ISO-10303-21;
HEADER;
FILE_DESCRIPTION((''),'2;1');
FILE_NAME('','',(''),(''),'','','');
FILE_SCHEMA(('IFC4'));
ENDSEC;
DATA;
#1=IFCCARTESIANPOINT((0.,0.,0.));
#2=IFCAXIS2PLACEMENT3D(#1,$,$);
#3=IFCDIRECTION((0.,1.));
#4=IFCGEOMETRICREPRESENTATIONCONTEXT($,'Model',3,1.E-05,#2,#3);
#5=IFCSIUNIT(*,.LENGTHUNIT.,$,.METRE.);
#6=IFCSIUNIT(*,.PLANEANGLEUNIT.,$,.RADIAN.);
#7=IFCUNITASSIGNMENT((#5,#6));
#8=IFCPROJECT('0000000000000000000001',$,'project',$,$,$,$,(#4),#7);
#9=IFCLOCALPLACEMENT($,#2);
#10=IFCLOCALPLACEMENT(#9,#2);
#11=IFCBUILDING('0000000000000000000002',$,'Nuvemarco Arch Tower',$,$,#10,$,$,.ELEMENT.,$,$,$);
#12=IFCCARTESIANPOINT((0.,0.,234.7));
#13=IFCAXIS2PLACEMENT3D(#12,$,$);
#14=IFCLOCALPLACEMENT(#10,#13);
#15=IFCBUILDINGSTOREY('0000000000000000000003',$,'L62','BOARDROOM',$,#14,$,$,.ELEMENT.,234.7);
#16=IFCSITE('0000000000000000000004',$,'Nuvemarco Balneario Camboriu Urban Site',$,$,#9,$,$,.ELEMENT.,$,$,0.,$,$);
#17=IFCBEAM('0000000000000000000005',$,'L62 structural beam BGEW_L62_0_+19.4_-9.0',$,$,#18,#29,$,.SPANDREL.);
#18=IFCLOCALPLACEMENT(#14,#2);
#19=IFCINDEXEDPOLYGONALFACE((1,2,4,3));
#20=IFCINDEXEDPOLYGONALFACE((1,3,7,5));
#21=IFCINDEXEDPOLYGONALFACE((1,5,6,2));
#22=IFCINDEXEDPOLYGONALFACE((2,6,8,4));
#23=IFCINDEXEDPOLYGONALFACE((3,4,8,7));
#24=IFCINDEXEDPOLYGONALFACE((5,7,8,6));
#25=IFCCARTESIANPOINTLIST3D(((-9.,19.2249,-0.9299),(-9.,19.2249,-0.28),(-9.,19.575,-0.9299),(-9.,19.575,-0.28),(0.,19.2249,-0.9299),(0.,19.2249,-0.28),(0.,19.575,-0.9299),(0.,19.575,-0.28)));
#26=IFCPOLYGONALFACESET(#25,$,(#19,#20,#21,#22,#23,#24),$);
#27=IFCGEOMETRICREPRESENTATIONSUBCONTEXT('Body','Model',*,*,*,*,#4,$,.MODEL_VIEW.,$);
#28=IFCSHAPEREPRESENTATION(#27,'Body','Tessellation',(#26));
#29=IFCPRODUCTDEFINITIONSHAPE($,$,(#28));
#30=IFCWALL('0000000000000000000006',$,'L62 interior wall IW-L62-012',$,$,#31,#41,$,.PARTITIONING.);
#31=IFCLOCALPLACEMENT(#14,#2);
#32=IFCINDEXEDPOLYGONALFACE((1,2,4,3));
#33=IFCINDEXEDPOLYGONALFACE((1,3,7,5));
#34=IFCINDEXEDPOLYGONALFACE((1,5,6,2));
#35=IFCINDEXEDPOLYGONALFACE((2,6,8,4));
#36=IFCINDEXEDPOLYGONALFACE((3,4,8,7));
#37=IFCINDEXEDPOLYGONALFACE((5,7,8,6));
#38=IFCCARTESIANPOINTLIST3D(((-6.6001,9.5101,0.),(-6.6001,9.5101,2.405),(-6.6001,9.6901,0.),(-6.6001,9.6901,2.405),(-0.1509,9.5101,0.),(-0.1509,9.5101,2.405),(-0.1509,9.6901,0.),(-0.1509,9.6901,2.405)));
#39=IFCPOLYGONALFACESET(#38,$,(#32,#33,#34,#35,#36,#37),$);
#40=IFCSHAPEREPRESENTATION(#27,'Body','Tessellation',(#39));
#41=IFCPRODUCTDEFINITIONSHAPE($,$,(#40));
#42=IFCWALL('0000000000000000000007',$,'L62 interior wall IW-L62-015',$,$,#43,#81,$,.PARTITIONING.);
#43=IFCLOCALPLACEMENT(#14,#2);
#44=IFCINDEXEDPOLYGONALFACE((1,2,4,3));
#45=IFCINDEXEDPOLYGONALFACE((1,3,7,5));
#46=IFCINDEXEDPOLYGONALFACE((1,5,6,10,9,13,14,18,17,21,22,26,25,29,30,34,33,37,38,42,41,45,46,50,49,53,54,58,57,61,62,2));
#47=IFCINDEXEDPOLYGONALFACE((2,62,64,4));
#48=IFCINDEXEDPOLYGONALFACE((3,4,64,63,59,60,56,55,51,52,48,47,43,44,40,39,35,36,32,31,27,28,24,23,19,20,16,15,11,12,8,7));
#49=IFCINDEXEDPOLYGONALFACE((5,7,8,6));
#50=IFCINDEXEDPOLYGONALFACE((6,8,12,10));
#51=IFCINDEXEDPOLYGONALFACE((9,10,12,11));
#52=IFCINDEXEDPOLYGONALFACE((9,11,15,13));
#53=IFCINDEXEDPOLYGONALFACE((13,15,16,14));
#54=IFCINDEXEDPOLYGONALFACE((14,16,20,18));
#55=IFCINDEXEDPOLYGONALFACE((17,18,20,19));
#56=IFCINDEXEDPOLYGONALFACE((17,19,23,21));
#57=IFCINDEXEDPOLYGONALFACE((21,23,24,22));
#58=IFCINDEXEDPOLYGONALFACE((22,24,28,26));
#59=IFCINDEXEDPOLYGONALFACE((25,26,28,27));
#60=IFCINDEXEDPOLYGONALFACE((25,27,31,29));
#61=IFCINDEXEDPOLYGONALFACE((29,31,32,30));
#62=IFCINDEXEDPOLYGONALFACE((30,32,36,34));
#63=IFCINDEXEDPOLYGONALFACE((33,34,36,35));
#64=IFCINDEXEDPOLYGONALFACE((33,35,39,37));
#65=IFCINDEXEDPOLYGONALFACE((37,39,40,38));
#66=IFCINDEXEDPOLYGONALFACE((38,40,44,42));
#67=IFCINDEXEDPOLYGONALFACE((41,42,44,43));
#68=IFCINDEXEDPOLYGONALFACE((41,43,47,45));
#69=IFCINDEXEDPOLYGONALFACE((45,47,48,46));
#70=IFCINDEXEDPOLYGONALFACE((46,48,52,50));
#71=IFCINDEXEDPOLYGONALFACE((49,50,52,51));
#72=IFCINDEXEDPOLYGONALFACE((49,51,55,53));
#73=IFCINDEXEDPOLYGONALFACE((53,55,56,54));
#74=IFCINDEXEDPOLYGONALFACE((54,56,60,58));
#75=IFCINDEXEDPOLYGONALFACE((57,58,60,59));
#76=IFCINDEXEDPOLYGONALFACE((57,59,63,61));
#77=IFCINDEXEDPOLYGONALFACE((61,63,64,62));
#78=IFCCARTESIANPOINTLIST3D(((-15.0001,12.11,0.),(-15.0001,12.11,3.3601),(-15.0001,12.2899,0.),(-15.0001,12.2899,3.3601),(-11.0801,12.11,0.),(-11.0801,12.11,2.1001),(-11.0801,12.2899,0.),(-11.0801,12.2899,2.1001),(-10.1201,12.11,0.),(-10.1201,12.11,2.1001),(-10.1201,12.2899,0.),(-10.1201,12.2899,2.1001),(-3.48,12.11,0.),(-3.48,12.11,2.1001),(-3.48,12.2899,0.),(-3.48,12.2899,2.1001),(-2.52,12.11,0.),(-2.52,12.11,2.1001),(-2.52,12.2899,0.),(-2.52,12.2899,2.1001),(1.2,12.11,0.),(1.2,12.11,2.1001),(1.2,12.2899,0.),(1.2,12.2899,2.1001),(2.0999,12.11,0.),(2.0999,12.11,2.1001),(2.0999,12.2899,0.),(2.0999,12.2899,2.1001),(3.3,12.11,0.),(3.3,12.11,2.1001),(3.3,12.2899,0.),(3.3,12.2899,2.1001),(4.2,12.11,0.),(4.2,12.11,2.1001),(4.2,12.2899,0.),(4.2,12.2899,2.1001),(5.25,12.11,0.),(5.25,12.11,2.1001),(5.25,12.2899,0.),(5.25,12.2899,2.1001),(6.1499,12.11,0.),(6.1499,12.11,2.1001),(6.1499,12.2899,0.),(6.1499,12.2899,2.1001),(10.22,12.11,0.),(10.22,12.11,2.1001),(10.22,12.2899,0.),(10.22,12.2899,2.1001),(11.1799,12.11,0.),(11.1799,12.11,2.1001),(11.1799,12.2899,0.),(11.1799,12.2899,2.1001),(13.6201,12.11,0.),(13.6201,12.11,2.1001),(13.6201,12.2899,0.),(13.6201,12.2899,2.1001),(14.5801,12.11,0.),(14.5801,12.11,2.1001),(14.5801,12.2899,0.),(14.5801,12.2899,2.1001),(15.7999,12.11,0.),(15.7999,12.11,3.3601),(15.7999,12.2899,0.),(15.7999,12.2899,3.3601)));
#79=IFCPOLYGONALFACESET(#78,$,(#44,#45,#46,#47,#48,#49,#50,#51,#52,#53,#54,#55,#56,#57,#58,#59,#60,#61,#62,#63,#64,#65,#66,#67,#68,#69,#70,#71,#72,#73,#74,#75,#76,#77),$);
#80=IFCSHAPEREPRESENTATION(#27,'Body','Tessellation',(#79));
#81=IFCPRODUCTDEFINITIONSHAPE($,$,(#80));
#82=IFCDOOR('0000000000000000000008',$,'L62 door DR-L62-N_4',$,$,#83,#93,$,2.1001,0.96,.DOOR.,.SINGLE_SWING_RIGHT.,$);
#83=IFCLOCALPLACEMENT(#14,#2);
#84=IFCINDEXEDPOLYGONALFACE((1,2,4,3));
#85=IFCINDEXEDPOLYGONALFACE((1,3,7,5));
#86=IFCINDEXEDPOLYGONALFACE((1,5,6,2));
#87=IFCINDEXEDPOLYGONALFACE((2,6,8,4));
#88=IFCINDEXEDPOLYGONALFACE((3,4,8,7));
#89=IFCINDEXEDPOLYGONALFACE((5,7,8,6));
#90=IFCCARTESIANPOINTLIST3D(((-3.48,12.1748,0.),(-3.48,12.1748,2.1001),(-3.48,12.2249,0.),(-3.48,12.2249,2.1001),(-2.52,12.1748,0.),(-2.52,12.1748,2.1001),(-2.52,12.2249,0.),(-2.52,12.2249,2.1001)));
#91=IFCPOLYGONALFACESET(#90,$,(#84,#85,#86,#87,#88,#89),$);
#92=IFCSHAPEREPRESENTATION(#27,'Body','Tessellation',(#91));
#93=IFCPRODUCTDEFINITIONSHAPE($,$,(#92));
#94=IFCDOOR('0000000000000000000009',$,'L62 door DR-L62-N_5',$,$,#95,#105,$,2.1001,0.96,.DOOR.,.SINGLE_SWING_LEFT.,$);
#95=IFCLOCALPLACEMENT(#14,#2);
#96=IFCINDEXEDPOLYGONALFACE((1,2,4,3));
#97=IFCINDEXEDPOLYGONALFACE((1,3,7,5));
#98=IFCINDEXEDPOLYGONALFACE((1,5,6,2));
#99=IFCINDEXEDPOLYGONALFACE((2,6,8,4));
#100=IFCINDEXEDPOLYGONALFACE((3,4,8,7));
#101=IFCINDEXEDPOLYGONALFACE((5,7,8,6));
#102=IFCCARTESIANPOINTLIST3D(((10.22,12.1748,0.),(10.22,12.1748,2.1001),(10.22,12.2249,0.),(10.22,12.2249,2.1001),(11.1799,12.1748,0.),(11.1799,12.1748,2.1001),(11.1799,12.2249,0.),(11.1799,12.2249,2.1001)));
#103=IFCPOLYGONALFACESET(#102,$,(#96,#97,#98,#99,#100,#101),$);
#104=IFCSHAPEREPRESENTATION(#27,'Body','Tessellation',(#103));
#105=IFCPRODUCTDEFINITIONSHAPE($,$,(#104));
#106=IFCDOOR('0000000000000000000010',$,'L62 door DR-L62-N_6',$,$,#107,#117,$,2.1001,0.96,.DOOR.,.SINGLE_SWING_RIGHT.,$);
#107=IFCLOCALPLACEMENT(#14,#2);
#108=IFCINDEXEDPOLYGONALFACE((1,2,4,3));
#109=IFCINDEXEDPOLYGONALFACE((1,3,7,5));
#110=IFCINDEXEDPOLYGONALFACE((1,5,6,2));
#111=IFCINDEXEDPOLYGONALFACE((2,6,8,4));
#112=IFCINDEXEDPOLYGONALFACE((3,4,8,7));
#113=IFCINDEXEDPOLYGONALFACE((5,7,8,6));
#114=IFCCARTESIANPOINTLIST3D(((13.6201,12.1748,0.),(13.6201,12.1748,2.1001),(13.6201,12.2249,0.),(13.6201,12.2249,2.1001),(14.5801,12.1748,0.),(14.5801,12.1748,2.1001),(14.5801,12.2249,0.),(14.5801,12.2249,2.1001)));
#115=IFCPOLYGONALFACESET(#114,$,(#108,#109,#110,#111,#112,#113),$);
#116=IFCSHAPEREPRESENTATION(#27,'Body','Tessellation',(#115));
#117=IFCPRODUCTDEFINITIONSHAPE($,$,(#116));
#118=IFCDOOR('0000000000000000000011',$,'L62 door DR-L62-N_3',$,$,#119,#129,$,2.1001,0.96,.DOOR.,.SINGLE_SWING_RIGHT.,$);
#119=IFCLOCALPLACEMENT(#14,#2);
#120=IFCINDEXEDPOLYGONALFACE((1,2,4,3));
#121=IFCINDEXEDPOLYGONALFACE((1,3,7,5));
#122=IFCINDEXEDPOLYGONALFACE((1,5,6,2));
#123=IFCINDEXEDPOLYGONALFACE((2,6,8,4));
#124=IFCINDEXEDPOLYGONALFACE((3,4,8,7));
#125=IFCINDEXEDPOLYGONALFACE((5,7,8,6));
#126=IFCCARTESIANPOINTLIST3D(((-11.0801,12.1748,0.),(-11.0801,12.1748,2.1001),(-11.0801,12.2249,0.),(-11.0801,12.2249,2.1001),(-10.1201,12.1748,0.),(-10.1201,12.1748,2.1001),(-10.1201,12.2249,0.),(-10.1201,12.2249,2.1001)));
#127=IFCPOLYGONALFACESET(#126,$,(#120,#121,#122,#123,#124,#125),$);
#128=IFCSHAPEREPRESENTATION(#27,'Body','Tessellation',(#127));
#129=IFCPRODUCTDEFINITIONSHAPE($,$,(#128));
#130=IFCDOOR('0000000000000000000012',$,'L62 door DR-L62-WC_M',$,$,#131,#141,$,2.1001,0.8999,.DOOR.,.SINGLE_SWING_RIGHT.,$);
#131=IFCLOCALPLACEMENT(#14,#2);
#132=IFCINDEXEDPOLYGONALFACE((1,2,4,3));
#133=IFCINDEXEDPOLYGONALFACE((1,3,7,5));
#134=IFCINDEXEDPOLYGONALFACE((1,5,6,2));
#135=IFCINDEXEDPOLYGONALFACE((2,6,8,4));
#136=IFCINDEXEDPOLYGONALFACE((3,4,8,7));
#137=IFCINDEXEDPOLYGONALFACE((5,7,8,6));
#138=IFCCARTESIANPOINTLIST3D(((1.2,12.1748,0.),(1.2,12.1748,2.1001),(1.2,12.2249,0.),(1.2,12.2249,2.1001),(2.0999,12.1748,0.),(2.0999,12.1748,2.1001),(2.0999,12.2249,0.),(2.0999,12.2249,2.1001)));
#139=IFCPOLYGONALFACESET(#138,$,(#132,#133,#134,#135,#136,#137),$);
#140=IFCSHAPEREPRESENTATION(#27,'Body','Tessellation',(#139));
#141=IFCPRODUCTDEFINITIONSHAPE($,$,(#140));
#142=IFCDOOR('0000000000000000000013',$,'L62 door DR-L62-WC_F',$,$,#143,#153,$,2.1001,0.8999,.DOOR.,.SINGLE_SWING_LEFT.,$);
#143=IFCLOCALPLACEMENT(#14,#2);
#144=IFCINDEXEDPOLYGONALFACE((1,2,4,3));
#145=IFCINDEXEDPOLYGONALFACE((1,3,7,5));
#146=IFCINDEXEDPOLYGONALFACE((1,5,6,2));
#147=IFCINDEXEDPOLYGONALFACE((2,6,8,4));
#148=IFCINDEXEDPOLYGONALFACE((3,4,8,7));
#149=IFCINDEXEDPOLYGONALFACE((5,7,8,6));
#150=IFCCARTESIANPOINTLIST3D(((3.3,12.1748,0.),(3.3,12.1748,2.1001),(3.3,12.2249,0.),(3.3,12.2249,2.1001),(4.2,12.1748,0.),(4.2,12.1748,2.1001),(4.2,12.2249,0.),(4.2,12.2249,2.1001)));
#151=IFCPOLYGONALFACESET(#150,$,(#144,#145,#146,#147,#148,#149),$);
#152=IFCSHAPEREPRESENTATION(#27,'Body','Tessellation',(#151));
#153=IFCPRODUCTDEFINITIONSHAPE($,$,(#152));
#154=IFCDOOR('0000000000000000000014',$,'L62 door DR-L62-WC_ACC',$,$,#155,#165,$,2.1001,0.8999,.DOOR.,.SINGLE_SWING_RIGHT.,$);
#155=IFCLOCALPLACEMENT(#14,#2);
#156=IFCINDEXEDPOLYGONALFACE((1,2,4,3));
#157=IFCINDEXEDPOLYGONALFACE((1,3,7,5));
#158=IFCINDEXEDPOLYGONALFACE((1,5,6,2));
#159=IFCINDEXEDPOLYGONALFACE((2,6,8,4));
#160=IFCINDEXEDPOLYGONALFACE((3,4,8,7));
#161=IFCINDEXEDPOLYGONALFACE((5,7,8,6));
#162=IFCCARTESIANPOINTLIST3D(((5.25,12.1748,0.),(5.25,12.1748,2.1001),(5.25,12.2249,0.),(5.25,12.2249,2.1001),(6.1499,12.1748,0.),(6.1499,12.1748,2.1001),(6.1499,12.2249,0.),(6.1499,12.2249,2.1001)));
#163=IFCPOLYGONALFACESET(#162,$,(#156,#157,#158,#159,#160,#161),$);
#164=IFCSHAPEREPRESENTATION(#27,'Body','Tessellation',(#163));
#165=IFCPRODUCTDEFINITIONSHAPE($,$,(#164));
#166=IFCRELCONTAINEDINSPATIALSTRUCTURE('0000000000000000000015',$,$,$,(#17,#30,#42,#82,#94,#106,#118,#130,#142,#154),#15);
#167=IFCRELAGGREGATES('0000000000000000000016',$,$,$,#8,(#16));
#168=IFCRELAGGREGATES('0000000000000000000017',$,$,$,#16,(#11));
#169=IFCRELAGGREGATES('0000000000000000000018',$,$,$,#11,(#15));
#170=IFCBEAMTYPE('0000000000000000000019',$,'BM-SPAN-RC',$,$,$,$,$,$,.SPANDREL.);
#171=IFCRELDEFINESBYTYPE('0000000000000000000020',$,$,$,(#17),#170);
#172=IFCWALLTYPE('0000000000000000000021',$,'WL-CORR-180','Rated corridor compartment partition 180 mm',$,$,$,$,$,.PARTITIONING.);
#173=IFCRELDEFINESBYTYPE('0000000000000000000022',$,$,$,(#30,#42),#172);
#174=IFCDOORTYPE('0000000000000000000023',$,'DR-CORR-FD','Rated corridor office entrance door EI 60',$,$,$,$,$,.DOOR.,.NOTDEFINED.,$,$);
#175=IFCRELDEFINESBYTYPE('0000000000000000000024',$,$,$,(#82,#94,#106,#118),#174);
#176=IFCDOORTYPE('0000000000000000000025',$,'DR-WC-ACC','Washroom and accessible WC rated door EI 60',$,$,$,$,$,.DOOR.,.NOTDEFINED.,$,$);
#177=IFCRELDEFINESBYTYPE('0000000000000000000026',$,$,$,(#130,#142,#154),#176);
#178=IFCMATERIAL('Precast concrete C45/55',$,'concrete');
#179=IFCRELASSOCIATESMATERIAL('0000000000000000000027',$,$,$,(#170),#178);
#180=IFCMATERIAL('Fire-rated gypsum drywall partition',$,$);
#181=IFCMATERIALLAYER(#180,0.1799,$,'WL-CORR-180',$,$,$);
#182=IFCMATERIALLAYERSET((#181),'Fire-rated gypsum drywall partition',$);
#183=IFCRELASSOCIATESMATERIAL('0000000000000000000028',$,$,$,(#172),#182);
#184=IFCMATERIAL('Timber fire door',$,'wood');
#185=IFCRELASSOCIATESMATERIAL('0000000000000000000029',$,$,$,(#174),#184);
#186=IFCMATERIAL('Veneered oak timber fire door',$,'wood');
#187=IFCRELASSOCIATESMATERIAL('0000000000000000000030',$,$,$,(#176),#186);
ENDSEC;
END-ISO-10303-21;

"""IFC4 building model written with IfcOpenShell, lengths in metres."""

from ifc_helpers import new_model, si_unit, direction, frame, frame_2d, origin, origin_2d, place, context, subcontext, project, spatial, rectangle, extrude, source, transform, mapped, material, layer, layer_set, material_profile, profile_set, type_object, type_shapes, element, fill, save


model = new_model("IFC4")

# Units and contexts
model_context = context("Model", 3, precision=1e-05, world=origin(), true_north=direction((0.0, 1.0)))
body_context = subcontext(model_context, "Body", "Model", "MODEL_VIEW")
ifc_project = project(units=[si_unit("LENGTHUNIT", "METRE"), si_unit("PLANEANGLEUNIT", "RADIAN")], contexts=[model_context])

# Site, building, storey
site_placement = place(None, origin())
site = spatial("IfcSite", under=ifc_project, at=site_placement, Name="Nuvemarco Balneario Camboriu Urban Site", CompositionType="ELEMENT", RefElevation=0.0)
building_placement = place(site_placement, origin())
building = spatial("IfcBuilding", under=site, at=building_placement, Name="Nuvemarco Arch Tower", CompositionType="ELEMENT")
storey_placement = place(building_placement, frame((0.0, 0.0, 234.7)))
storey = spatial("IfcBuildingStorey", under=building, at=storey_placement, Name="L62", Description="BOARDROOM", CompositionType="ELEMENT", Elevation=234.7)

# Beam
ifc_material_1 = material(Name="Precast concrete C45/55", Category="concrete")
ifc_material_profile_1 = material_profile(ifc_material_1, rectangle(XDim=0.3501, YDim=0.6499, at=origin_2d()), Name="PC-SP-350x650")
ifc_profile_set_1 = profile_set([ifc_material_profile_1], Name="Precast concrete C45/55")
beam_type_1 = type_object("IfcBeamType", Name="BM-SPAN-RC", PredefinedType="SPANDREL", material=ifc_profile_set_1)
beam_1_placement = place(storey_placement, frame((-9.0, 19.3999, -0.605), z_axis=(1.0, 0.0, 0.0), x_axis=(0.0, 1.0, 0.0)))
element("IfcBeam", 1, at=beam_1_placement, inside=storey, type_object=beam_type_1, Name="L62 structural beam BGEW_L62_0_+19.4_-9.0", PredefinedType="SPANDREL", context=body_context, shape_type="SweptSolid", body=[
    extrude(rectangle(XDim=0.3501, YDim=0.6499, at=origin_2d()), origin(), (0.0, 0.0, 1.0), 9.0),
])

# Wall
ifc_material_2 = material(Name="Fire-rated gypsum drywall partition")
ifc_layer_1 = layer(ifc_material_2, 0.1799, Name="WL-CORR-180")
ifc_layer_set_1 = layer_set([ifc_layer_1], Name="Fire-rated gypsum drywall partition")
wall_type_1 = type_object("IfcWallType", Name="WL-CORR-180", Description="Rated corridor compartment partition 180 mm", PredefinedType="PARTITIONING", material=ifc_layer_set_1)
wall_1_placement = place(storey_placement, frame((-6.6001, 9.6001, 0.0), z_axis=(0.0, 0.0, 1.0), x_axis=(1.0, 0.0, 0.0)))
element("IfcWall", 2, at=wall_1_placement, inside=storey, type_object=wall_type_1, Name="L62 interior wall IW-L62-012", PredefinedType="PARTITIONING", context=body_context, shape_type="SweptSolid", body=[
    extrude(rectangle(XDim=6.4492, YDim=0.1799, at=frame_2d((3.2246, 0.0))), origin(), (0.0, 0.0, 1.0), 2.405),
])

# Wall, openings, doors
wall_2_placement = place(storey_placement, frame((-15.0, 12.2, 0.0), z_axis=(0.0, 0.0, 1.0), x_axis=(1.0, 0.0, 0.0)))
wall_2 = element("IfcWall", 3, at=wall_2_placement, inside=storey, type_object=wall_type_1, Name="L62 interior wall IW-L62-015", PredefinedType="PARTITIONING", context=body_context, shape_type="SweptSolid", body=[
    extrude(rectangle(XDim=30.8, YDim=0.1799, at=frame_2d((15.3999, 0.0))), origin(), (0.0, 0.0, 1.0), 3.3601),
])
opening_1_placement = place(wall_2_placement, frame((11.52, 0.0, 0.0)))
opening_1 = element("IfcOpeningElement", 4, at=opening_1_placement, cuts=wall_2, PredefinedType="OPENING", context=body_context, shape_type="SweptSolid", body=[
    extrude(rectangle(XDim=0.96, YDim=2.1001, at=frame_2d((0.48, 1.05))), frame((0.0, 0.0999, 0.0), z_axis=(0.0, -1.0, 0.0), x_axis=(1.0, 0.0, 0.0)), (0.0, 0.0, 1.0), 0.2),
])
opening_2_placement = place(wall_2_placement, frame((25.22, 0.0, 0.0)))
opening_2 = element("IfcOpeningElement", 5, at=opening_2_placement, cuts=wall_2, PredefinedType="OPENING", context=body_context, shape_type="SweptSolid", body=[
    extrude(rectangle(XDim=0.96, YDim=2.1001, at=frame_2d((0.48, 1.05))), frame((0.0, 0.0999, 0.0), z_axis=(0.0, -1.0, 0.0), x_axis=(1.0, 0.0, 0.0)), (0.0, 0.0, 1.0), 0.2),
])
opening_3_placement = place(wall_2_placement, frame((28.6201, 0.0, 0.0)))
opening_3 = element("IfcOpeningElement", 6, at=opening_3_placement, cuts=wall_2, PredefinedType="OPENING", context=body_context, shape_type="SweptSolid", body=[
    extrude(rectangle(XDim=0.96, YDim=2.1001, at=frame_2d((0.48, 1.05))), frame((0.0, 0.0999, 0.0), z_axis=(0.0, -1.0, 0.0), x_axis=(1.0, 0.0, 0.0)), (0.0, 0.0, 1.0), 0.2),
])
opening_4_placement = place(wall_2_placement, frame((3.9199, 0.0, 0.0)))
opening_4 = element("IfcOpeningElement", 7, at=opening_4_placement, cuts=wall_2, PredefinedType="OPENING", context=body_context, shape_type="SweptSolid", body=[
    extrude(rectangle(XDim=0.96, YDim=2.1001, at=frame_2d((0.48, 1.05))), frame((0.0, 0.0999, 0.0), z_axis=(0.0, -1.0, 0.0), x_axis=(1.0, 0.0, 0.0)), (0.0, 0.0, 1.0), 0.2),
])
opening_5_placement = place(wall_2_placement, frame((16.2, 0.0, 0.0)))
opening_5 = element("IfcOpeningElement", 8, at=opening_5_placement, cuts=wall_2, PredefinedType="OPENING", context=body_context, shape_type="SweptSolid", body=[
    extrude(rectangle(XDim=0.8999, YDim=2.1001, at=frame_2d((0.45, 1.05))), frame((0.0, 0.0999, 0.0), z_axis=(0.0, -1.0, 0.0), x_axis=(1.0, 0.0, 0.0)), (0.0, 0.0, 1.0), 0.2),
])
opening_6_placement = place(wall_2_placement, frame((18.3, 0.0, 0.0)))
opening_6 = element("IfcOpeningElement", 9, at=opening_6_placement, cuts=wall_2, PredefinedType="OPENING", context=body_context, shape_type="SweptSolid", body=[
    extrude(rectangle(XDim=0.8999, YDim=2.1001, at=frame_2d((0.45, 1.05))), frame((0.0, 0.0999, 0.0), z_axis=(0.0, -1.0, 0.0), x_axis=(1.0, 0.0, 0.0)), (0.0, 0.0, 1.0), 0.2),
])
opening_7_placement = place(wall_2_placement, frame((20.25, 0.0, 0.0)))
opening_7 = element("IfcOpeningElement", 10, at=opening_7_placement, cuts=wall_2, PredefinedType="OPENING", context=body_context, shape_type="SweptSolid", body=[
    extrude(rectangle(XDim=0.8999, YDim=2.1001, at=frame_2d((0.45, 1.05))), frame((0.0, 0.0999, 0.0), z_axis=(0.0, -1.0, 0.0), x_axis=(1.0, 0.0, 0.0)), (0.0, 0.0, 1.0), 0.2),
])
ifc_material_3 = material(Name="Timber fire door", Category="wood")
door_type_1 = type_object("IfcDoorType", Name="DR-CORR-FD", Description="Rated corridor office entrance door EI 60", OperationType="NOTDEFINED", PredefinedType="DOOR", material=ifc_material_3)
shared_shape_1 = source(origin(), body_context, "Body", "SweptSolid", [
    extrude(rectangle(XDim=0.96, YDim=2.1001, at=frame_2d((0.48, 1.05))), frame((0.0, 0.0249, 0.0), z_axis=(0.0, -1.0, 0.0), x_axis=(1.0, 0.0, 0.0)), (0.0, 0.0, 1.0), 0.05),
])
type_shapes(door_type_1, [shared_shape_1])
door_1_placement = place(opening_1_placement, origin())
door_1 = element("IfcDoor", 11, at=door_1_placement, inside=storey, type_object=door_type_1, Name="L62 door DR-L62-N_4", OperationType="SINGLE_SWING_RIGHT", OverallHeight=2.1001, OverallWidth=0.96, PredefinedType="DOOR", context=body_context, shape_type="MappedRepresentation", body=[
    mapped(shared_shape_1, transform((0.0, 0.0, 0.0), scale=1.0)),
])
fill(opening_1, door_1)
door_2_placement = place(opening_2_placement, origin())
door_2 = element("IfcDoor", 12, at=door_2_placement, inside=storey, type_object=door_type_1, Name="L62 door DR-L62-N_5", OperationType="SINGLE_SWING_LEFT", OverallHeight=2.1001, OverallWidth=0.96, PredefinedType="DOOR", context=body_context, shape_type="MappedRepresentation", body=[
    mapped(shared_shape_1, transform((0.0, 0.0, 0.0), scale=1.0)),
])
fill(opening_2, door_2)
door_3_placement = place(opening_3_placement, origin())
door_3 = element("IfcDoor", 13, at=door_3_placement, inside=storey, type_object=door_type_1, Name="L62 door DR-L62-N_6", OperationType="SINGLE_SWING_RIGHT", OverallHeight=2.1001, OverallWidth=0.96, PredefinedType="DOOR", context=body_context, shape_type="MappedRepresentation", body=[
    mapped(shared_shape_1, transform((0.0, 0.0, 0.0), scale=1.0)),
])
fill(opening_3, door_3)
door_4_placement = place(opening_4_placement, origin())
door_4 = element("IfcDoor", 14, at=door_4_placement, inside=storey, type_object=door_type_1, Name="L62 door DR-L62-N_3", OperationType="SINGLE_SWING_RIGHT", OverallHeight=2.1001, OverallWidth=0.96, PredefinedType="DOOR", context=body_context, shape_type="MappedRepresentation", body=[
    mapped(shared_shape_1, transform((0.0, 0.0, 0.0), scale=1.0)),
])
fill(opening_4, door_4)
ifc_material_4 = material(Name="Veneered oak timber fire door", Category="wood")
door_type_2 = type_object("IfcDoorType", Name="DR-WC-ACC", Description="Washroom and accessible WC rated door EI 60", OperationType="NOTDEFINED", PredefinedType="DOOR", material=ifc_material_4)
shared_shape_2 = source(origin(), body_context, "Body", "SweptSolid", [
    extrude(rectangle(XDim=0.8999, YDim=2.1001, at=frame_2d((0.45, 1.05))), frame((0.0, 0.0249, 0.0), z_axis=(0.0, -1.0, 0.0), x_axis=(1.0, 0.0, 0.0)), (0.0, 0.0, 1.0), 0.05),
])
type_shapes(door_type_2, [shared_shape_2])
door_5_placement = place(opening_5_placement, origin())
door_5 = element("IfcDoor", 15, at=door_5_placement, inside=storey, type_object=door_type_2, Name="L62 door DR-L62-WC_M", OperationType="SINGLE_SWING_RIGHT", OverallHeight=2.1001, OverallWidth=0.8999, PredefinedType="DOOR", context=body_context, shape_type="MappedRepresentation", body=[
    mapped(shared_shape_2, transform((0.0, 0.0, 0.0), scale=1.0)),
])
fill(opening_5, door_5)
door_6_placement = place(opening_6_placement, origin())
door_6 = element("IfcDoor", 16, at=door_6_placement, inside=storey, type_object=door_type_2, Name="L62 door DR-L62-WC_F", OperationType="SINGLE_SWING_LEFT", OverallHeight=2.1001, OverallWidth=0.8999, PredefinedType="DOOR", context=body_context, shape_type="MappedRepresentation", body=[
    mapped(shared_shape_2, transform((0.0, 0.0, 0.0), scale=1.0)),
])
fill(opening_6, door_6)
door_7_placement = place(opening_7_placement, origin())
door_7 = element("IfcDoor", 17, at=door_7_placement, inside=storey, type_object=door_type_2, Name="L62 door DR-L62-WC_ACC", OperationType="SINGLE_SWING_RIGHT", OverallHeight=2.1001, OverallWidth=0.8999, PredefinedType="DOOR", context=body_context, shape_type="MappedRepresentation", body=[
    mapped(shared_shape_2, transform((0.0, 0.0, 0.0), scale=1.0)),
])
fill(opening_7, door_7)

save(model, "model.ifc")
